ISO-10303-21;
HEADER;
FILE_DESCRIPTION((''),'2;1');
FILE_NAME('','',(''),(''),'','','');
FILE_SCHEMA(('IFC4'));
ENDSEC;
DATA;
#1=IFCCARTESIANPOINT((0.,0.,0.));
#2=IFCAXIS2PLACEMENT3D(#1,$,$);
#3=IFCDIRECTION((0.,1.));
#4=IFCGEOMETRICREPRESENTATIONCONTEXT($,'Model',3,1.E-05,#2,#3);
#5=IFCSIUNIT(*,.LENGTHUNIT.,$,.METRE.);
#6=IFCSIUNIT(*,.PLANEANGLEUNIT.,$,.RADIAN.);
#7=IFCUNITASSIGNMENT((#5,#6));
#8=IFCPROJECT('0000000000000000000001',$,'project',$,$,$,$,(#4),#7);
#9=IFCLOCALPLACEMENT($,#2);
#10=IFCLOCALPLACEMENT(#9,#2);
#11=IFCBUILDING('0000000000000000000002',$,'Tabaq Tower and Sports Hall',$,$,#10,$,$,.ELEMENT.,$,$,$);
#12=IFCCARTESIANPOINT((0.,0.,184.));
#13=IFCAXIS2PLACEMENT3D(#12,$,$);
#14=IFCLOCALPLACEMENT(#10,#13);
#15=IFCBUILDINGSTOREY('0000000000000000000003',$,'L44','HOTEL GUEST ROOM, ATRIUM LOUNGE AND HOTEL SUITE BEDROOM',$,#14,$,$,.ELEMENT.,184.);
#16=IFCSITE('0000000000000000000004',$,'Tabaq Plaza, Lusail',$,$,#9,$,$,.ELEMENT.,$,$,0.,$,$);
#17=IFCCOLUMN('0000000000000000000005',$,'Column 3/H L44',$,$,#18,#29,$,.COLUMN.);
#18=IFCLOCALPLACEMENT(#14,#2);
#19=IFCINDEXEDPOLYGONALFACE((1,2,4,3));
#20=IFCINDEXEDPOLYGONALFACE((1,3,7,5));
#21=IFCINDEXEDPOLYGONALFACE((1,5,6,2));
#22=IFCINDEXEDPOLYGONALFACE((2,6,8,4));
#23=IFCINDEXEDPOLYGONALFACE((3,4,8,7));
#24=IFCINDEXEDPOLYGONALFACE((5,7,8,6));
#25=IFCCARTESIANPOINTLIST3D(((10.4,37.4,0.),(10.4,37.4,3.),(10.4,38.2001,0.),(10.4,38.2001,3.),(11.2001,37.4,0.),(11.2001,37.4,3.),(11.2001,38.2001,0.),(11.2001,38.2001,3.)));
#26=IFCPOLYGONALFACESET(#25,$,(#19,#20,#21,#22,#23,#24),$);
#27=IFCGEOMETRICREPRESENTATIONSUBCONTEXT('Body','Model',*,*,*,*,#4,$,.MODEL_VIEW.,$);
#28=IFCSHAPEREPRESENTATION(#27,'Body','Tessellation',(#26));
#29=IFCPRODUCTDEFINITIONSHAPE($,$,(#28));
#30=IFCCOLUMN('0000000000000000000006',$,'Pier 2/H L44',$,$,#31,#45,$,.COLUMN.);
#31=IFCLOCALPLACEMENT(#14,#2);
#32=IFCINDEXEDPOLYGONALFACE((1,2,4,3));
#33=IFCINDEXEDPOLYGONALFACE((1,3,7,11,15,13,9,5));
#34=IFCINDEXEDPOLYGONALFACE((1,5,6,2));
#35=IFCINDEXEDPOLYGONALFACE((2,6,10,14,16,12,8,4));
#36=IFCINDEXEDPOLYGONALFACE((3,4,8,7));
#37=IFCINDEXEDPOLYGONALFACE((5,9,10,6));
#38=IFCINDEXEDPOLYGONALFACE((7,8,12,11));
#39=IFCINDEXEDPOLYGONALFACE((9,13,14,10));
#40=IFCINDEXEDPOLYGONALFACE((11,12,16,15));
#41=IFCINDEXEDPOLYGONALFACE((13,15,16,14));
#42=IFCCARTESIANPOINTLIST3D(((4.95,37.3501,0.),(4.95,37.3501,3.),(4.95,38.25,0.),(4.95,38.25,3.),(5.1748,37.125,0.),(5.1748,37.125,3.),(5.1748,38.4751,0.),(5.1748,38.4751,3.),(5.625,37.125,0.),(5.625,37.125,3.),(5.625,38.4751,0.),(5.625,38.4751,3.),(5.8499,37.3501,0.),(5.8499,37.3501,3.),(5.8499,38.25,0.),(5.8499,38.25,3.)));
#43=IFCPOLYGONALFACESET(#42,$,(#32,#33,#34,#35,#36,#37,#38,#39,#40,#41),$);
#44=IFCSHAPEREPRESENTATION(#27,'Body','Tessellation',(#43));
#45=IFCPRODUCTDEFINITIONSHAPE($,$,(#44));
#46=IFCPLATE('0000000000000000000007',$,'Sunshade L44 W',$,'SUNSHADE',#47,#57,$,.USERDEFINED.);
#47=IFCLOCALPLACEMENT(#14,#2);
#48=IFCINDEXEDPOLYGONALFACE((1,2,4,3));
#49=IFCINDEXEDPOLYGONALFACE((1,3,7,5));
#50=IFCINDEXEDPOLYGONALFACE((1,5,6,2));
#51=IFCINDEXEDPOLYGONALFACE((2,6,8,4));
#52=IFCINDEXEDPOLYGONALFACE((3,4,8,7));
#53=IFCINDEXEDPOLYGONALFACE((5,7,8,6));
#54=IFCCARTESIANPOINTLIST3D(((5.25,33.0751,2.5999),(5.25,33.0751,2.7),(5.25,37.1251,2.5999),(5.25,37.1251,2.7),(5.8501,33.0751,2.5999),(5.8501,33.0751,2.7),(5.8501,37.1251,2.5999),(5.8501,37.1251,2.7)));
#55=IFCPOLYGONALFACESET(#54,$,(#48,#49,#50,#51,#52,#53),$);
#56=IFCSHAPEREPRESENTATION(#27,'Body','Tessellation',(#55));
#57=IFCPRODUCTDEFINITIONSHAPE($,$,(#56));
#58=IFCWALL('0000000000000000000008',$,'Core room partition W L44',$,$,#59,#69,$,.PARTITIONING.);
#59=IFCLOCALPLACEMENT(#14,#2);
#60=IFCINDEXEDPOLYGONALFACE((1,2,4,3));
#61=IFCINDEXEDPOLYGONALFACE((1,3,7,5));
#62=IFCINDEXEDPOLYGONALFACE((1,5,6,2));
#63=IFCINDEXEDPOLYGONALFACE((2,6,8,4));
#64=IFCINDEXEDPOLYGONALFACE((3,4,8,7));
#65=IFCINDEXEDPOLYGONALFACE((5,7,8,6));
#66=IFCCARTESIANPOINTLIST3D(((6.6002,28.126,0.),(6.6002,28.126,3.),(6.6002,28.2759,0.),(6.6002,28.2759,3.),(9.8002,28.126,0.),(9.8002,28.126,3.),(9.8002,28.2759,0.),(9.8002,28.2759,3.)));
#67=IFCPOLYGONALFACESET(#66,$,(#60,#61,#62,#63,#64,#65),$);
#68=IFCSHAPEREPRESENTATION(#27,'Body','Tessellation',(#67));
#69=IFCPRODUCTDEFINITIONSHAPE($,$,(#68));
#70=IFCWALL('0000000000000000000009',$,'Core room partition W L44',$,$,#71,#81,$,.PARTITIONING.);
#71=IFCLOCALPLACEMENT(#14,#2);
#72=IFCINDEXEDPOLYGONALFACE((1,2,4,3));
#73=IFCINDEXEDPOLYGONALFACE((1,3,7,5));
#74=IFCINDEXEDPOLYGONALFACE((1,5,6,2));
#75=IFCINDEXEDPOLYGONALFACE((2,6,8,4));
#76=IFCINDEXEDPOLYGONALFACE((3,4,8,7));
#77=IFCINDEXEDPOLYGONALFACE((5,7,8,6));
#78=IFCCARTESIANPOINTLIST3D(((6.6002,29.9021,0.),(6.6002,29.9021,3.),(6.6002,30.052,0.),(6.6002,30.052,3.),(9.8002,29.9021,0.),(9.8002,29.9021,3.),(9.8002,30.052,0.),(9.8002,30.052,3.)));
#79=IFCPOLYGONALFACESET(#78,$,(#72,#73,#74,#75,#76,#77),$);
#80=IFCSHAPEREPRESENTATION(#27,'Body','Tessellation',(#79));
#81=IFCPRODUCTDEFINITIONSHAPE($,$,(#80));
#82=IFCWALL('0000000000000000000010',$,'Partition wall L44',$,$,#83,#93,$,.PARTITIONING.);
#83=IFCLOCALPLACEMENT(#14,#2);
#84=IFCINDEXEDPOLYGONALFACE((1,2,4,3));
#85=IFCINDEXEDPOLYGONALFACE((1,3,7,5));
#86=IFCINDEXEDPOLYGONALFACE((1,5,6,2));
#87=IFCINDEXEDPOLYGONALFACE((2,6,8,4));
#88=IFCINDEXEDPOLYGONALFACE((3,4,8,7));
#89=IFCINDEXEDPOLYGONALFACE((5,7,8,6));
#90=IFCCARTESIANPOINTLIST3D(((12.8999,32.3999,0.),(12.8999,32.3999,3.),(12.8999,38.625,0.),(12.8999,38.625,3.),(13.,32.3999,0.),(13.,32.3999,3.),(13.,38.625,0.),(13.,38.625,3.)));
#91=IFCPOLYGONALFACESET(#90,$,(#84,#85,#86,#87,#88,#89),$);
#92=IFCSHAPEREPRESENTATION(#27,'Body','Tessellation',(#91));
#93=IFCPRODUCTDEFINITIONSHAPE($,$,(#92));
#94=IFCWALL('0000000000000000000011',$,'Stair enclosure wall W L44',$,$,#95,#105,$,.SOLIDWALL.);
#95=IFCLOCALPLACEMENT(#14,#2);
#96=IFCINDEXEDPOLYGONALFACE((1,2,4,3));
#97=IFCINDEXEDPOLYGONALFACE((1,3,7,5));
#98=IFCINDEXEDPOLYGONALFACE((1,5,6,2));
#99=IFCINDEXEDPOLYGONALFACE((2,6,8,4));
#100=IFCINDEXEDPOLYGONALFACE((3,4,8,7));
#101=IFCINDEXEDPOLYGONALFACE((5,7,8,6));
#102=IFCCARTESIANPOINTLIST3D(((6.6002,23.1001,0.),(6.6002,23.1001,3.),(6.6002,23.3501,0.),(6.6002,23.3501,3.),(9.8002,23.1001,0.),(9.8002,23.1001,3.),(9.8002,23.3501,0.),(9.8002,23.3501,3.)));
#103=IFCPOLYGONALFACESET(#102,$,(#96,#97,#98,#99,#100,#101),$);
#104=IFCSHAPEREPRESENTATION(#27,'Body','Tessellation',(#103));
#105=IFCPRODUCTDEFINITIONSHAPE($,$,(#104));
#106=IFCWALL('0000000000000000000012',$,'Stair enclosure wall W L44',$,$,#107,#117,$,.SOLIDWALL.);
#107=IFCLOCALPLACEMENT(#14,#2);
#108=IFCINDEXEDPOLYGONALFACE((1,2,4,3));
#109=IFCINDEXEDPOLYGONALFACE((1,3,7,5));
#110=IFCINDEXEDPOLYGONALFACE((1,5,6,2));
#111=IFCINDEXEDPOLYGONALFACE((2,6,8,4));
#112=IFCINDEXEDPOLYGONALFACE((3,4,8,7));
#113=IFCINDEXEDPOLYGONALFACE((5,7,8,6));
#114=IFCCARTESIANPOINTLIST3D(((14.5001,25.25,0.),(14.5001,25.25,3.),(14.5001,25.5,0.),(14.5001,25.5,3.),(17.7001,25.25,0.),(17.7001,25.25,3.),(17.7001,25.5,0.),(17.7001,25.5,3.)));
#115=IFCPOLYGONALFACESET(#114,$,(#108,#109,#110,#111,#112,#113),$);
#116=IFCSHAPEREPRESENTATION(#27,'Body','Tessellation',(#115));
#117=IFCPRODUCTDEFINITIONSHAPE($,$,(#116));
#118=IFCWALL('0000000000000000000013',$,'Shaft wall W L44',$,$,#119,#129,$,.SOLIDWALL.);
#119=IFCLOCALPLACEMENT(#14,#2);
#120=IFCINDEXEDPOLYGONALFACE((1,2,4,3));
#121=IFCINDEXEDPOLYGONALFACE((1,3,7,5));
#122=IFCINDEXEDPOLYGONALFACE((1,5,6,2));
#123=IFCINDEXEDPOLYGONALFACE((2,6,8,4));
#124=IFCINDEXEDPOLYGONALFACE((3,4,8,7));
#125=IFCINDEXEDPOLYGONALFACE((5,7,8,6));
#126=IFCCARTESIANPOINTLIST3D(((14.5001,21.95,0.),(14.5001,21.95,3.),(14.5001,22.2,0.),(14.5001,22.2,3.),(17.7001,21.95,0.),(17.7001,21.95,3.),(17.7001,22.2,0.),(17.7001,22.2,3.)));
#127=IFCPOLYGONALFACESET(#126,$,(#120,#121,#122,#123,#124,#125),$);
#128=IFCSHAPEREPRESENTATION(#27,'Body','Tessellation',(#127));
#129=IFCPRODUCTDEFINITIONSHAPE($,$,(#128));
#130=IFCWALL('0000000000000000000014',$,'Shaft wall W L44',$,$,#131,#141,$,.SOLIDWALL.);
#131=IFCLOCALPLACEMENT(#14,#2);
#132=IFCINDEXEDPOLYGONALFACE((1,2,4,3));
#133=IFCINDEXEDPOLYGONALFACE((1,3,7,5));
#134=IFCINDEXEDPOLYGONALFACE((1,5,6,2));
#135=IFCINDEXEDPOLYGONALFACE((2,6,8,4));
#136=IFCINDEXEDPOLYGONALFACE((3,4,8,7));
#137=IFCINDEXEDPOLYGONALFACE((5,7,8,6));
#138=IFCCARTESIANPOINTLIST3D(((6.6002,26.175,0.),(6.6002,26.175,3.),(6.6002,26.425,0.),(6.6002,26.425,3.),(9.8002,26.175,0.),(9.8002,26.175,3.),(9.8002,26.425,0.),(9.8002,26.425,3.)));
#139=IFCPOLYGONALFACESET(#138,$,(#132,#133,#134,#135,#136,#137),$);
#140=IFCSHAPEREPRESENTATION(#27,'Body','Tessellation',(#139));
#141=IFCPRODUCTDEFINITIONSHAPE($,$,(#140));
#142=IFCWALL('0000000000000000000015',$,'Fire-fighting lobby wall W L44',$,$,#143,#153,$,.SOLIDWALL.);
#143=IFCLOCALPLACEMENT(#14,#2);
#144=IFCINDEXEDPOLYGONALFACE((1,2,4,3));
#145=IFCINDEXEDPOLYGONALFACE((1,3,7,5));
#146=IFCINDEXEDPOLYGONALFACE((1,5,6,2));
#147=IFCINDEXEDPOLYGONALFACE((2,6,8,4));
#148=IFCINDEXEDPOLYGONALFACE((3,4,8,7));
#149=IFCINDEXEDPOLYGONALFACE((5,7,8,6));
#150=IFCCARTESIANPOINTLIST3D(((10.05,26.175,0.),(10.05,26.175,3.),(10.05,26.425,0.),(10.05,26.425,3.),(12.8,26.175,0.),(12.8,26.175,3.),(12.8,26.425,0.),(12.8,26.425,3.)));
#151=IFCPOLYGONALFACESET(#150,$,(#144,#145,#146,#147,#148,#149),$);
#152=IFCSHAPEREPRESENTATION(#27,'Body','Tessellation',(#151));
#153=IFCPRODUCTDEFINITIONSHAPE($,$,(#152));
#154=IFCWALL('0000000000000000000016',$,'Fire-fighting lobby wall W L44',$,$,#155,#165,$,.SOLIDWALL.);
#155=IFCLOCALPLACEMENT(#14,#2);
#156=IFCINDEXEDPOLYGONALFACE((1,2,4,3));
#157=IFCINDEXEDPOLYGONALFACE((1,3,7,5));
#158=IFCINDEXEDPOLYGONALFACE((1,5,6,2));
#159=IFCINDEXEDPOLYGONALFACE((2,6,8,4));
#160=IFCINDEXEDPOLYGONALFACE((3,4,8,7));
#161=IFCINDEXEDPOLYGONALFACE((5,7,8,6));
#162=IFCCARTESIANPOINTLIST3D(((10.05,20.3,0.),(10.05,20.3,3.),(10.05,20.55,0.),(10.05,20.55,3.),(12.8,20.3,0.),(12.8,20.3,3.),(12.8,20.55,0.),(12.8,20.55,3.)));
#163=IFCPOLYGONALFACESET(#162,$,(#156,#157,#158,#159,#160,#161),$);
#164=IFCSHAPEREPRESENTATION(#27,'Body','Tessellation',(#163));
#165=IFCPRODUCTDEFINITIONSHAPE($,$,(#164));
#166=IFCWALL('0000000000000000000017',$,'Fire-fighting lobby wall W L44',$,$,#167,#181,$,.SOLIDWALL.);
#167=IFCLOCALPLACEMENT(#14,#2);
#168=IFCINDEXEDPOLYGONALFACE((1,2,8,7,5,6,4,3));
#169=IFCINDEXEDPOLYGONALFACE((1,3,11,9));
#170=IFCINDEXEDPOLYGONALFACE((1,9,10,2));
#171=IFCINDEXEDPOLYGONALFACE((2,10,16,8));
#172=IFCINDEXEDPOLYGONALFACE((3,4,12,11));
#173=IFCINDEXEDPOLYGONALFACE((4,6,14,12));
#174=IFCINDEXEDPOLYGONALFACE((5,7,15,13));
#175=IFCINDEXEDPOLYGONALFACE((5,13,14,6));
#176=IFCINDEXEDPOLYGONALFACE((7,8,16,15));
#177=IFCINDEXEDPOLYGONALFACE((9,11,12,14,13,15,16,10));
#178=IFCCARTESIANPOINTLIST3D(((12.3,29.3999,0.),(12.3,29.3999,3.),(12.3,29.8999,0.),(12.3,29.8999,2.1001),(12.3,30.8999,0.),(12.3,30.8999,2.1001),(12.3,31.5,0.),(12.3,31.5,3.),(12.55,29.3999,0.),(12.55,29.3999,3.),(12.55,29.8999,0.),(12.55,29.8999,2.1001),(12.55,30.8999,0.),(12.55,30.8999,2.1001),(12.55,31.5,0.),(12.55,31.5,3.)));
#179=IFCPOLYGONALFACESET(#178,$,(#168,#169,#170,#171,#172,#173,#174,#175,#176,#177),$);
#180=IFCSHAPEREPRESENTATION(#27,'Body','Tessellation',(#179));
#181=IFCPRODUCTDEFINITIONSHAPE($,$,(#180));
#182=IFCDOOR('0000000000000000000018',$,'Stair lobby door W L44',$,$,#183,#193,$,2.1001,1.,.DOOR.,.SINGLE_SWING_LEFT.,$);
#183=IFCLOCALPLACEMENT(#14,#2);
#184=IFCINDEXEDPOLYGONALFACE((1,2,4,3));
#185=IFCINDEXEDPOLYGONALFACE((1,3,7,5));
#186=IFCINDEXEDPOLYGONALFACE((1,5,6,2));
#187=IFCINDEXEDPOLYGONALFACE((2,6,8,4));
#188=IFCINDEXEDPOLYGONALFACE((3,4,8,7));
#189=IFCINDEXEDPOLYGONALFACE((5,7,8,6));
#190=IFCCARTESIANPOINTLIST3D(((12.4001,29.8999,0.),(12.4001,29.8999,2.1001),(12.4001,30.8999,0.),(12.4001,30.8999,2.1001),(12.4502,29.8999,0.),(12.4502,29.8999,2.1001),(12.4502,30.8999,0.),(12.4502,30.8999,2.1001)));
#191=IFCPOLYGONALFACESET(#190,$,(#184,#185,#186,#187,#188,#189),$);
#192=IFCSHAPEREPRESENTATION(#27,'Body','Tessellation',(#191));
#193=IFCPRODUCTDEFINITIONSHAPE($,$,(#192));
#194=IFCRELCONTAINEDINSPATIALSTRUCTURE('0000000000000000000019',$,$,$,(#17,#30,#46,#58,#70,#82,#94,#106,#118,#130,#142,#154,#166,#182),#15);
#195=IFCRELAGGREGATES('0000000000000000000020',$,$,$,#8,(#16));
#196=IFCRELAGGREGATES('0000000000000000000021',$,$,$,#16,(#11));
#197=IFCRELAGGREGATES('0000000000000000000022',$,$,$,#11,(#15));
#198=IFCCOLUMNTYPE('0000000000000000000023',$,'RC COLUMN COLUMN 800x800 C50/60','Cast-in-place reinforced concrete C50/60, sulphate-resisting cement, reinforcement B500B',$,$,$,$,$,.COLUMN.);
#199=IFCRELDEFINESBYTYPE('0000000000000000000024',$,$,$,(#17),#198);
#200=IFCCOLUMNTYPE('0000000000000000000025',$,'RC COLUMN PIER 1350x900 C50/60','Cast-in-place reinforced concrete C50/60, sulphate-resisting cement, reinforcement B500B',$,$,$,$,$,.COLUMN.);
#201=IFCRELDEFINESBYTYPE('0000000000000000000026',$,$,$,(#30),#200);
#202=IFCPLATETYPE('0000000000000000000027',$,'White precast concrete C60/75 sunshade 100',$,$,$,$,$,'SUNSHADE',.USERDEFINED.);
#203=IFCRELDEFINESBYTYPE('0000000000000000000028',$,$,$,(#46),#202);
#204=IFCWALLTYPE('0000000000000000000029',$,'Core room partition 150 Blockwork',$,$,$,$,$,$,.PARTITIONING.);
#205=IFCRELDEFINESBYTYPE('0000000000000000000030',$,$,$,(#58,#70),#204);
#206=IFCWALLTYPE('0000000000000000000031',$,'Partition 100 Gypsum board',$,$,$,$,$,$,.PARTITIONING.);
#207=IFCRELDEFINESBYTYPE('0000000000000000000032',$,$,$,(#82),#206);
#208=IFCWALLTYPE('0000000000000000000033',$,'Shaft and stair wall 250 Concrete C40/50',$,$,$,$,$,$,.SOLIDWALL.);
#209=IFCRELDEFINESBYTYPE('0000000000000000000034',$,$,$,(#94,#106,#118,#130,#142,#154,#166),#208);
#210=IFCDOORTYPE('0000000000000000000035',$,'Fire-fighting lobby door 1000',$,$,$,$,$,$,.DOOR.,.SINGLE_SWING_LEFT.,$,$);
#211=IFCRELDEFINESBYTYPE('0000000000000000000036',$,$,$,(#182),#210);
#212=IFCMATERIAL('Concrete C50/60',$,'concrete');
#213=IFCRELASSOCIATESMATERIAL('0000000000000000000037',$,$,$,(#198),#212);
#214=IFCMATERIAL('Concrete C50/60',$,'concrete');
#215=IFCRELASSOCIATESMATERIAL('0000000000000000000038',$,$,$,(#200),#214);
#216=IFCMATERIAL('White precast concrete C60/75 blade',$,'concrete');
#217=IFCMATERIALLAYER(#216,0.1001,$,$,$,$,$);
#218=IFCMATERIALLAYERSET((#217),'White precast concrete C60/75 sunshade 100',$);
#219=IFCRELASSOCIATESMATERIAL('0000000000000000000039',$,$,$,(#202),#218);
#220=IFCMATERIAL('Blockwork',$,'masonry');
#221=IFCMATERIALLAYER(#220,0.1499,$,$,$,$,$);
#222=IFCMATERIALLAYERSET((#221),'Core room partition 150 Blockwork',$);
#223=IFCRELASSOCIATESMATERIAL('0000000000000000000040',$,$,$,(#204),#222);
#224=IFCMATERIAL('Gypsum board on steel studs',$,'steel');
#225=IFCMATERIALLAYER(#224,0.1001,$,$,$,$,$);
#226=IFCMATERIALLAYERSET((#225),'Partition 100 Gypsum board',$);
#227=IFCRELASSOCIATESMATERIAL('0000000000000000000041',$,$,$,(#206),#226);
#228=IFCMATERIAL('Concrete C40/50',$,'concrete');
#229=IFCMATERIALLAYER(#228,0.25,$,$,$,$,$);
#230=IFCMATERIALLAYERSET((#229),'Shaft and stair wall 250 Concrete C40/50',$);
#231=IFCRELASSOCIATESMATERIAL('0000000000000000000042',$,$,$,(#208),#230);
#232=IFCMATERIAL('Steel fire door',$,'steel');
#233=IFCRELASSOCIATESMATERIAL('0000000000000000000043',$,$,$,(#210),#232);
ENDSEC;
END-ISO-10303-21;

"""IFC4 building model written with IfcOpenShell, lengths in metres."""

from ifc_helpers import new_model, si_unit, direction, frame, frame_2d, origin, origin_2d, place, context, subcontext, project, spatial, polyline, rectangle, outline, extrude, material, layer, layer_set, material_profile, profile_set, type_object, element, fill, save


model = new_model("IFC4")

# Units and contexts
model_context = context("Model", 3, precision=1e-05, world=origin(), true_north=direction((0.0, 1.0)))
body_context = subcontext(model_context, "Body", "Model", "MODEL_VIEW")
ifc_project = project(units=[si_unit("LENGTHUNIT", "METRE"), si_unit("PLANEANGLEUNIT", "RADIAN")], contexts=[model_context])

# Site, building, storey
site_placement = place(None, origin())
site = spatial("IfcSite", under=ifc_project, at=site_placement, Name="Tabaq Plaza, Lusail", CompositionType="ELEMENT", RefElevation=0.0)
building_placement = place(site_placement, origin())
building = spatial("IfcBuilding", under=site, at=building_placement, Name="Tabaq Tower and Sports Hall", CompositionType="ELEMENT")
storey_placement = place(building_placement, frame((0.0, 0.0, 184.0)))
storey = spatial("IfcBuildingStorey", under=building, at=storey_placement, Name="L44", Description="HOTEL GUEST ROOM, ATRIUM LOUNGE AND HOTEL SUITE BEDROOM", CompositionType="ELEMENT", Elevation=184.0)

# Columns
ifc_material_1 = material(Name="Concrete C50/60", Category="concrete")
ifc_material_profile_1 = material_profile(ifc_material_1, rectangle(XDim=0.8, YDim=0.8, at=origin_2d()), Name="COLUMN 800x800")
ifc_profile_set_1 = profile_set([ifc_material_profile_1], Name="Concrete C50/60")
column_type_1 = type_object("IfcColumnType", Name="RC COLUMN COLUMN 800x800 C50/60", Description="Cast-in-place reinforced concrete C50/60, sulphate-resisting cement, reinforcement B500B", PredefinedType="COLUMN", material=ifc_profile_set_1)
column_1_placement = place(storey_placement, frame((10.8, 37.8, 0.0), z_axis=(0.0, 0.0, 1.0), x_axis=(1.0, 0.0, 0.0)))
element("IfcColumn", 1, at=column_1_placement, inside=storey, type_object=column_type_1, Name="Column 3/H L44", PredefinedType="COLUMN", context=body_context, shape_type="SweptSolid", body=[
    extrude(rectangle(XDim=0.8, YDim=0.8, at=origin_2d()), origin(), (0.0, 0.0, 1.0), 3.0),
])
ifc_material_2 = material(Name="Concrete C50/60", Category="concrete")
ifc_material_profile_2 = material_profile(ifc_material_2, outline(polyline([(-0.45, -0.45), (0.45, -0.45), (0.675, -0.2251), (0.675, 0.2251), (0.45, 0.45), (-0.45, 0.45), (-0.675, 0.2251), (-0.675, -0.2251), (-0.45, -0.45)])), Name="PIER 1350x900")
ifc_profile_set_2 = profile_set([ifc_material_profile_2], Name="Concrete C50/60")
column_type_2 = type_object("IfcColumnType", Name="RC COLUMN PIER 1350x900 C50/60", Description="Cast-in-place reinforced concrete C50/60, sulphate-resisting cement, reinforcement B500B", PredefinedType="COLUMN", material=ifc_profile_set_2)
column_2_placement = place(storey_placement, frame((5.3999, 37.8, 0.0), z_axis=(0.0, 0.0, 1.0), x_axis=(0.0, 1.0, 0.0)))
element("IfcColumn", 2, at=column_2_placement, inside=storey, type_object=column_type_2, Name="Pier 2/H L44", PredefinedType="COLUMN", context=body_context, shape_type="SweptSolid", body=[
    extrude(outline(polyline([(-0.45, -0.45), (0.45, -0.45), (0.675, -0.2251), (0.675, 0.2251), (0.45, 0.45), (-0.45, 0.45), (-0.675, 0.2251), (-0.675, -0.2251), (-0.45, -0.45)])), origin(), (0.0, 0.0, 1.0), 3.0),
])

# Plate
ifc_material_3 = material(Name="White precast concrete C60/75 blade", Category="concrete")
ifc_layer_1 = layer(ifc_material_3, 0.1001)
ifc_layer_set_1 = layer_set([ifc_layer_1], Name="White precast concrete C60/75 sunshade 100")
plate_type = type_object("IfcPlateType", Name="White precast concrete C60/75 sunshade 100", ElementType="SUNSHADE", PredefinedType="USERDEFINED", material=ifc_layer_set_1)
plate_placement = place(storey_placement, frame((5.55, 35.1001, 2.5999), z_axis=(0.0, 0.0, 1.0), x_axis=(0.0, -1.0, 0.0)))
element("IfcPlate", 3, at=plate_placement, inside=storey, type_object=plate_type, Name="Sunshade L44 W", ObjectType="SUNSHADE", PredefinedType="USERDEFINED", context=body_context, shape_type="SweptSolid", body=[
    extrude(rectangle(XDim=4.05, YDim=0.6001, at=origin_2d()), origin(), (0.0, 0.0, 1.0), 0.1001),
])

# Walls
ifc_material_4 = material(Name="Blockwork", Category="masonry")
ifc_layer_2 = layer(ifc_material_4, 0.1499)
ifc_layer_set_2 = layer_set([ifc_layer_2], Name="Core room partition 150 Blockwork")
wall_type_1 = type_object("IfcWallType", Name="Core room partition 150 Blockwork", PredefinedType="PARTITIONING", material=ifc_layer_set_2)
for number, where, z_axis, x_axis, name in (
    (4, (6.6001, 28.2009, 0.0), (0.0, 0.0, 1.0), (1.0, 0.0, 0.0), "Core room partition W L44"),
    (5, (6.6001, 29.9771, 0.0), (0.0, 0.0, 1.0), (1.0, 0.0, 0.0), "Core room partition W L44"),
):
    element("IfcWall", number, at=place(storey_placement, frame(where, z_axis=z_axis, x_axis=x_axis)), inside=storey, type_object=wall_type_1, Name=name, PredefinedType="PARTITIONING", context=body_context, shape_type="SweptSolid", body=[
        extrude(rectangle(XDim=3.2, YDim=0.1499, at=frame_2d((1.6001, 0.0))), origin(), (0.0, 0.0, 1.0), 3.0),
    ])

# Walls
ifc_material_5 = material(Name="Gypsum board on steel studs", Category="steel")
ifc_layer_3 = layer(ifc_material_5, 0.1001)
ifc_layer_set_3 = layer_set([ifc_layer_3], Name="Partition 100 Gypsum board")
wall_type_2 = type_object("IfcWallType", Name="Partition 100 Gypsum board", PredefinedType="PARTITIONING", material=ifc_layer_set_3)
wall_1_placement = place(storey_placement, frame((12.95, 32.3999, 0.0), z_axis=(0.0, 0.0, 1.0), x_axis=(0.0, 1.0, 0.0)))
element("IfcWall", 6, at=wall_1_placement, inside=storey, type_object=wall_type_2, Name="Partition wall L44", PredefinedType="PARTITIONING", context=body_context, shape_type="SweptSolid", body=[
    extrude(rectangle(XDim=6.2251, YDim=0.1001, at=frame_2d((3.1125, 0.0))), origin(), (0.0, 0.0, 1.0), 3.0),
])
ifc_material_6 = material(Name="Concrete C40/50", Category="concrete")
ifc_layer_4 = layer(ifc_material_6, 0.25)
ifc_layer_set_4 = layer_set([ifc_layer_4], Name="Shaft and stair wall 250 Concrete C40/50")
wall_type_3 = type_object("IfcWallType", Name="Shaft and stair wall 250 Concrete C40/50", PredefinedType="SOLIDWALL", material=ifc_layer_set_4)
for number, where, z_axis, x_axis, name in (
    (7, (6.6001, 23.2251, 0.0), (0.0, 0.0, 1.0), (1.0, 0.0, 0.0), "Stair enclosure wall W L44"),
    (8, (14.5, 25.375, 0.0), (0.0, 0.0, 1.0), (1.0, 0.0, 0.0), "Stair enclosure wall W L44"),
    (9, (14.5, 22.075, 0.0), (0.0, 0.0, 1.0), (1.0, 0.0, 0.0), "Shaft wall W L44"),
    (10, (6.6001, 26.3, 0.0), (0.0, 0.0, 1.0), (1.0, 0.0, 0.0), "Shaft wall W L44"),
):
    element("IfcWall", number, at=place(storey_placement, frame(where, z_axis=z_axis, x_axis=x_axis)), inside=storey, type_object=wall_type_3, Name=name, PredefinedType="SOLIDWALL", context=body_context, shape_type="SweptSolid", body=[
        extrude(rectangle(XDim=3.2, YDim=0.25, at=frame_2d((1.6001, 0.0))), origin(), (0.0, 0.0, 1.0), 3.0),
    ])
for number, where, z_axis, x_axis, name in (
    (11, (10.05, 26.3, 0.0), (0.0, 0.0, 1.0), (1.0, 0.0, 0.0), "Fire-fighting lobby wall W L44"),
    (12, (10.05, 20.425, 0.0), (0.0, 0.0, 1.0), (1.0, 0.0, 0.0), "Fire-fighting lobby wall W L44"),
):
    element("IfcWall", number, at=place(storey_placement, frame(where, z_axis=z_axis, x_axis=x_axis)), inside=storey, type_object=wall_type_3, Name=name, PredefinedType="SOLIDWALL", context=body_context, shape_type="SweptSolid", body=[
        extrude(rectangle(XDim=2.75, YDim=0.25, at=frame_2d((1.375, 0.0))), origin(), (0.0, 0.0, 1.0), 3.0),
    ])

# Wall, opening, door
wall_2_placement = place(storey_placement, frame((12.425, 29.3999, 0.0), z_axis=(0.0, 0.0, 1.0), x_axis=(0.0, 1.0, 0.0)))
wall_2 = element("IfcWall", 13, at=wall_2_placement, inside=storey, type_object=wall_type_3, Name="Fire-fighting lobby wall W L44", PredefinedType="SOLIDWALL", context=body_context, shape_type="SweptSolid", body=[
    extrude(rectangle(XDim=2.1001, YDim=0.25, at=frame_2d((1.05, 0.0))), origin(), (0.0, 0.0, 1.0), 3.0),
])
opening_1_placement = place(wall_2_placement, frame((0.5, 0.0, 0.0)))
opening_1 = element("IfcOpeningElement", 14, at=opening_1_placement, cuts=wall_2, PredefinedType="OPENING", context=body_context, shape_type="SweptSolid", body=[
    extrude(rectangle(XDim=1.0, YDim=2.1001, at=frame_2d((0.5, 1.05))), frame((0.0, 0.125, 0.0), z_axis=(0.0, -1.0, 0.0), x_axis=(1.0, 0.0, 0.0)), (0.0, 0.0, 1.0), 0.25),
])
ifc_material_7 = material(Name="Steel fire door", Category="steel")
door_type_1 = type_object("IfcDoorType", Name="Fire-fighting lobby door 1000", OperationType="SINGLE_SWING_LEFT", PredefinedType="DOOR", material=ifc_material_7)
door_1_placement = place(opening_1_placement, origin())
door_1 = element("IfcDoor", 15, at=door_1_placement, inside=storey, type_object=door_type_1, Name="Stair lobby door W L44", OperationType="SINGLE_SWING_LEFT", OverallHeight=2.1001, OverallWidth=1.0, PredefinedType="DOOR", context=body_context, shape_type="SweptSolid", body=[
    extrude(rectangle(XDim=1.0, YDim=2.1001, at=frame_2d((0.5, 1.05))), frame((0.0, 0.0249, 0.0), z_axis=(0.0, -1.0, 0.0), x_axis=(1.0, 0.0, 0.0)), (0.0, 0.0, 1.0), 0.05),
])
fill(opening_1, door_1)

save(model, "model.ifc")
